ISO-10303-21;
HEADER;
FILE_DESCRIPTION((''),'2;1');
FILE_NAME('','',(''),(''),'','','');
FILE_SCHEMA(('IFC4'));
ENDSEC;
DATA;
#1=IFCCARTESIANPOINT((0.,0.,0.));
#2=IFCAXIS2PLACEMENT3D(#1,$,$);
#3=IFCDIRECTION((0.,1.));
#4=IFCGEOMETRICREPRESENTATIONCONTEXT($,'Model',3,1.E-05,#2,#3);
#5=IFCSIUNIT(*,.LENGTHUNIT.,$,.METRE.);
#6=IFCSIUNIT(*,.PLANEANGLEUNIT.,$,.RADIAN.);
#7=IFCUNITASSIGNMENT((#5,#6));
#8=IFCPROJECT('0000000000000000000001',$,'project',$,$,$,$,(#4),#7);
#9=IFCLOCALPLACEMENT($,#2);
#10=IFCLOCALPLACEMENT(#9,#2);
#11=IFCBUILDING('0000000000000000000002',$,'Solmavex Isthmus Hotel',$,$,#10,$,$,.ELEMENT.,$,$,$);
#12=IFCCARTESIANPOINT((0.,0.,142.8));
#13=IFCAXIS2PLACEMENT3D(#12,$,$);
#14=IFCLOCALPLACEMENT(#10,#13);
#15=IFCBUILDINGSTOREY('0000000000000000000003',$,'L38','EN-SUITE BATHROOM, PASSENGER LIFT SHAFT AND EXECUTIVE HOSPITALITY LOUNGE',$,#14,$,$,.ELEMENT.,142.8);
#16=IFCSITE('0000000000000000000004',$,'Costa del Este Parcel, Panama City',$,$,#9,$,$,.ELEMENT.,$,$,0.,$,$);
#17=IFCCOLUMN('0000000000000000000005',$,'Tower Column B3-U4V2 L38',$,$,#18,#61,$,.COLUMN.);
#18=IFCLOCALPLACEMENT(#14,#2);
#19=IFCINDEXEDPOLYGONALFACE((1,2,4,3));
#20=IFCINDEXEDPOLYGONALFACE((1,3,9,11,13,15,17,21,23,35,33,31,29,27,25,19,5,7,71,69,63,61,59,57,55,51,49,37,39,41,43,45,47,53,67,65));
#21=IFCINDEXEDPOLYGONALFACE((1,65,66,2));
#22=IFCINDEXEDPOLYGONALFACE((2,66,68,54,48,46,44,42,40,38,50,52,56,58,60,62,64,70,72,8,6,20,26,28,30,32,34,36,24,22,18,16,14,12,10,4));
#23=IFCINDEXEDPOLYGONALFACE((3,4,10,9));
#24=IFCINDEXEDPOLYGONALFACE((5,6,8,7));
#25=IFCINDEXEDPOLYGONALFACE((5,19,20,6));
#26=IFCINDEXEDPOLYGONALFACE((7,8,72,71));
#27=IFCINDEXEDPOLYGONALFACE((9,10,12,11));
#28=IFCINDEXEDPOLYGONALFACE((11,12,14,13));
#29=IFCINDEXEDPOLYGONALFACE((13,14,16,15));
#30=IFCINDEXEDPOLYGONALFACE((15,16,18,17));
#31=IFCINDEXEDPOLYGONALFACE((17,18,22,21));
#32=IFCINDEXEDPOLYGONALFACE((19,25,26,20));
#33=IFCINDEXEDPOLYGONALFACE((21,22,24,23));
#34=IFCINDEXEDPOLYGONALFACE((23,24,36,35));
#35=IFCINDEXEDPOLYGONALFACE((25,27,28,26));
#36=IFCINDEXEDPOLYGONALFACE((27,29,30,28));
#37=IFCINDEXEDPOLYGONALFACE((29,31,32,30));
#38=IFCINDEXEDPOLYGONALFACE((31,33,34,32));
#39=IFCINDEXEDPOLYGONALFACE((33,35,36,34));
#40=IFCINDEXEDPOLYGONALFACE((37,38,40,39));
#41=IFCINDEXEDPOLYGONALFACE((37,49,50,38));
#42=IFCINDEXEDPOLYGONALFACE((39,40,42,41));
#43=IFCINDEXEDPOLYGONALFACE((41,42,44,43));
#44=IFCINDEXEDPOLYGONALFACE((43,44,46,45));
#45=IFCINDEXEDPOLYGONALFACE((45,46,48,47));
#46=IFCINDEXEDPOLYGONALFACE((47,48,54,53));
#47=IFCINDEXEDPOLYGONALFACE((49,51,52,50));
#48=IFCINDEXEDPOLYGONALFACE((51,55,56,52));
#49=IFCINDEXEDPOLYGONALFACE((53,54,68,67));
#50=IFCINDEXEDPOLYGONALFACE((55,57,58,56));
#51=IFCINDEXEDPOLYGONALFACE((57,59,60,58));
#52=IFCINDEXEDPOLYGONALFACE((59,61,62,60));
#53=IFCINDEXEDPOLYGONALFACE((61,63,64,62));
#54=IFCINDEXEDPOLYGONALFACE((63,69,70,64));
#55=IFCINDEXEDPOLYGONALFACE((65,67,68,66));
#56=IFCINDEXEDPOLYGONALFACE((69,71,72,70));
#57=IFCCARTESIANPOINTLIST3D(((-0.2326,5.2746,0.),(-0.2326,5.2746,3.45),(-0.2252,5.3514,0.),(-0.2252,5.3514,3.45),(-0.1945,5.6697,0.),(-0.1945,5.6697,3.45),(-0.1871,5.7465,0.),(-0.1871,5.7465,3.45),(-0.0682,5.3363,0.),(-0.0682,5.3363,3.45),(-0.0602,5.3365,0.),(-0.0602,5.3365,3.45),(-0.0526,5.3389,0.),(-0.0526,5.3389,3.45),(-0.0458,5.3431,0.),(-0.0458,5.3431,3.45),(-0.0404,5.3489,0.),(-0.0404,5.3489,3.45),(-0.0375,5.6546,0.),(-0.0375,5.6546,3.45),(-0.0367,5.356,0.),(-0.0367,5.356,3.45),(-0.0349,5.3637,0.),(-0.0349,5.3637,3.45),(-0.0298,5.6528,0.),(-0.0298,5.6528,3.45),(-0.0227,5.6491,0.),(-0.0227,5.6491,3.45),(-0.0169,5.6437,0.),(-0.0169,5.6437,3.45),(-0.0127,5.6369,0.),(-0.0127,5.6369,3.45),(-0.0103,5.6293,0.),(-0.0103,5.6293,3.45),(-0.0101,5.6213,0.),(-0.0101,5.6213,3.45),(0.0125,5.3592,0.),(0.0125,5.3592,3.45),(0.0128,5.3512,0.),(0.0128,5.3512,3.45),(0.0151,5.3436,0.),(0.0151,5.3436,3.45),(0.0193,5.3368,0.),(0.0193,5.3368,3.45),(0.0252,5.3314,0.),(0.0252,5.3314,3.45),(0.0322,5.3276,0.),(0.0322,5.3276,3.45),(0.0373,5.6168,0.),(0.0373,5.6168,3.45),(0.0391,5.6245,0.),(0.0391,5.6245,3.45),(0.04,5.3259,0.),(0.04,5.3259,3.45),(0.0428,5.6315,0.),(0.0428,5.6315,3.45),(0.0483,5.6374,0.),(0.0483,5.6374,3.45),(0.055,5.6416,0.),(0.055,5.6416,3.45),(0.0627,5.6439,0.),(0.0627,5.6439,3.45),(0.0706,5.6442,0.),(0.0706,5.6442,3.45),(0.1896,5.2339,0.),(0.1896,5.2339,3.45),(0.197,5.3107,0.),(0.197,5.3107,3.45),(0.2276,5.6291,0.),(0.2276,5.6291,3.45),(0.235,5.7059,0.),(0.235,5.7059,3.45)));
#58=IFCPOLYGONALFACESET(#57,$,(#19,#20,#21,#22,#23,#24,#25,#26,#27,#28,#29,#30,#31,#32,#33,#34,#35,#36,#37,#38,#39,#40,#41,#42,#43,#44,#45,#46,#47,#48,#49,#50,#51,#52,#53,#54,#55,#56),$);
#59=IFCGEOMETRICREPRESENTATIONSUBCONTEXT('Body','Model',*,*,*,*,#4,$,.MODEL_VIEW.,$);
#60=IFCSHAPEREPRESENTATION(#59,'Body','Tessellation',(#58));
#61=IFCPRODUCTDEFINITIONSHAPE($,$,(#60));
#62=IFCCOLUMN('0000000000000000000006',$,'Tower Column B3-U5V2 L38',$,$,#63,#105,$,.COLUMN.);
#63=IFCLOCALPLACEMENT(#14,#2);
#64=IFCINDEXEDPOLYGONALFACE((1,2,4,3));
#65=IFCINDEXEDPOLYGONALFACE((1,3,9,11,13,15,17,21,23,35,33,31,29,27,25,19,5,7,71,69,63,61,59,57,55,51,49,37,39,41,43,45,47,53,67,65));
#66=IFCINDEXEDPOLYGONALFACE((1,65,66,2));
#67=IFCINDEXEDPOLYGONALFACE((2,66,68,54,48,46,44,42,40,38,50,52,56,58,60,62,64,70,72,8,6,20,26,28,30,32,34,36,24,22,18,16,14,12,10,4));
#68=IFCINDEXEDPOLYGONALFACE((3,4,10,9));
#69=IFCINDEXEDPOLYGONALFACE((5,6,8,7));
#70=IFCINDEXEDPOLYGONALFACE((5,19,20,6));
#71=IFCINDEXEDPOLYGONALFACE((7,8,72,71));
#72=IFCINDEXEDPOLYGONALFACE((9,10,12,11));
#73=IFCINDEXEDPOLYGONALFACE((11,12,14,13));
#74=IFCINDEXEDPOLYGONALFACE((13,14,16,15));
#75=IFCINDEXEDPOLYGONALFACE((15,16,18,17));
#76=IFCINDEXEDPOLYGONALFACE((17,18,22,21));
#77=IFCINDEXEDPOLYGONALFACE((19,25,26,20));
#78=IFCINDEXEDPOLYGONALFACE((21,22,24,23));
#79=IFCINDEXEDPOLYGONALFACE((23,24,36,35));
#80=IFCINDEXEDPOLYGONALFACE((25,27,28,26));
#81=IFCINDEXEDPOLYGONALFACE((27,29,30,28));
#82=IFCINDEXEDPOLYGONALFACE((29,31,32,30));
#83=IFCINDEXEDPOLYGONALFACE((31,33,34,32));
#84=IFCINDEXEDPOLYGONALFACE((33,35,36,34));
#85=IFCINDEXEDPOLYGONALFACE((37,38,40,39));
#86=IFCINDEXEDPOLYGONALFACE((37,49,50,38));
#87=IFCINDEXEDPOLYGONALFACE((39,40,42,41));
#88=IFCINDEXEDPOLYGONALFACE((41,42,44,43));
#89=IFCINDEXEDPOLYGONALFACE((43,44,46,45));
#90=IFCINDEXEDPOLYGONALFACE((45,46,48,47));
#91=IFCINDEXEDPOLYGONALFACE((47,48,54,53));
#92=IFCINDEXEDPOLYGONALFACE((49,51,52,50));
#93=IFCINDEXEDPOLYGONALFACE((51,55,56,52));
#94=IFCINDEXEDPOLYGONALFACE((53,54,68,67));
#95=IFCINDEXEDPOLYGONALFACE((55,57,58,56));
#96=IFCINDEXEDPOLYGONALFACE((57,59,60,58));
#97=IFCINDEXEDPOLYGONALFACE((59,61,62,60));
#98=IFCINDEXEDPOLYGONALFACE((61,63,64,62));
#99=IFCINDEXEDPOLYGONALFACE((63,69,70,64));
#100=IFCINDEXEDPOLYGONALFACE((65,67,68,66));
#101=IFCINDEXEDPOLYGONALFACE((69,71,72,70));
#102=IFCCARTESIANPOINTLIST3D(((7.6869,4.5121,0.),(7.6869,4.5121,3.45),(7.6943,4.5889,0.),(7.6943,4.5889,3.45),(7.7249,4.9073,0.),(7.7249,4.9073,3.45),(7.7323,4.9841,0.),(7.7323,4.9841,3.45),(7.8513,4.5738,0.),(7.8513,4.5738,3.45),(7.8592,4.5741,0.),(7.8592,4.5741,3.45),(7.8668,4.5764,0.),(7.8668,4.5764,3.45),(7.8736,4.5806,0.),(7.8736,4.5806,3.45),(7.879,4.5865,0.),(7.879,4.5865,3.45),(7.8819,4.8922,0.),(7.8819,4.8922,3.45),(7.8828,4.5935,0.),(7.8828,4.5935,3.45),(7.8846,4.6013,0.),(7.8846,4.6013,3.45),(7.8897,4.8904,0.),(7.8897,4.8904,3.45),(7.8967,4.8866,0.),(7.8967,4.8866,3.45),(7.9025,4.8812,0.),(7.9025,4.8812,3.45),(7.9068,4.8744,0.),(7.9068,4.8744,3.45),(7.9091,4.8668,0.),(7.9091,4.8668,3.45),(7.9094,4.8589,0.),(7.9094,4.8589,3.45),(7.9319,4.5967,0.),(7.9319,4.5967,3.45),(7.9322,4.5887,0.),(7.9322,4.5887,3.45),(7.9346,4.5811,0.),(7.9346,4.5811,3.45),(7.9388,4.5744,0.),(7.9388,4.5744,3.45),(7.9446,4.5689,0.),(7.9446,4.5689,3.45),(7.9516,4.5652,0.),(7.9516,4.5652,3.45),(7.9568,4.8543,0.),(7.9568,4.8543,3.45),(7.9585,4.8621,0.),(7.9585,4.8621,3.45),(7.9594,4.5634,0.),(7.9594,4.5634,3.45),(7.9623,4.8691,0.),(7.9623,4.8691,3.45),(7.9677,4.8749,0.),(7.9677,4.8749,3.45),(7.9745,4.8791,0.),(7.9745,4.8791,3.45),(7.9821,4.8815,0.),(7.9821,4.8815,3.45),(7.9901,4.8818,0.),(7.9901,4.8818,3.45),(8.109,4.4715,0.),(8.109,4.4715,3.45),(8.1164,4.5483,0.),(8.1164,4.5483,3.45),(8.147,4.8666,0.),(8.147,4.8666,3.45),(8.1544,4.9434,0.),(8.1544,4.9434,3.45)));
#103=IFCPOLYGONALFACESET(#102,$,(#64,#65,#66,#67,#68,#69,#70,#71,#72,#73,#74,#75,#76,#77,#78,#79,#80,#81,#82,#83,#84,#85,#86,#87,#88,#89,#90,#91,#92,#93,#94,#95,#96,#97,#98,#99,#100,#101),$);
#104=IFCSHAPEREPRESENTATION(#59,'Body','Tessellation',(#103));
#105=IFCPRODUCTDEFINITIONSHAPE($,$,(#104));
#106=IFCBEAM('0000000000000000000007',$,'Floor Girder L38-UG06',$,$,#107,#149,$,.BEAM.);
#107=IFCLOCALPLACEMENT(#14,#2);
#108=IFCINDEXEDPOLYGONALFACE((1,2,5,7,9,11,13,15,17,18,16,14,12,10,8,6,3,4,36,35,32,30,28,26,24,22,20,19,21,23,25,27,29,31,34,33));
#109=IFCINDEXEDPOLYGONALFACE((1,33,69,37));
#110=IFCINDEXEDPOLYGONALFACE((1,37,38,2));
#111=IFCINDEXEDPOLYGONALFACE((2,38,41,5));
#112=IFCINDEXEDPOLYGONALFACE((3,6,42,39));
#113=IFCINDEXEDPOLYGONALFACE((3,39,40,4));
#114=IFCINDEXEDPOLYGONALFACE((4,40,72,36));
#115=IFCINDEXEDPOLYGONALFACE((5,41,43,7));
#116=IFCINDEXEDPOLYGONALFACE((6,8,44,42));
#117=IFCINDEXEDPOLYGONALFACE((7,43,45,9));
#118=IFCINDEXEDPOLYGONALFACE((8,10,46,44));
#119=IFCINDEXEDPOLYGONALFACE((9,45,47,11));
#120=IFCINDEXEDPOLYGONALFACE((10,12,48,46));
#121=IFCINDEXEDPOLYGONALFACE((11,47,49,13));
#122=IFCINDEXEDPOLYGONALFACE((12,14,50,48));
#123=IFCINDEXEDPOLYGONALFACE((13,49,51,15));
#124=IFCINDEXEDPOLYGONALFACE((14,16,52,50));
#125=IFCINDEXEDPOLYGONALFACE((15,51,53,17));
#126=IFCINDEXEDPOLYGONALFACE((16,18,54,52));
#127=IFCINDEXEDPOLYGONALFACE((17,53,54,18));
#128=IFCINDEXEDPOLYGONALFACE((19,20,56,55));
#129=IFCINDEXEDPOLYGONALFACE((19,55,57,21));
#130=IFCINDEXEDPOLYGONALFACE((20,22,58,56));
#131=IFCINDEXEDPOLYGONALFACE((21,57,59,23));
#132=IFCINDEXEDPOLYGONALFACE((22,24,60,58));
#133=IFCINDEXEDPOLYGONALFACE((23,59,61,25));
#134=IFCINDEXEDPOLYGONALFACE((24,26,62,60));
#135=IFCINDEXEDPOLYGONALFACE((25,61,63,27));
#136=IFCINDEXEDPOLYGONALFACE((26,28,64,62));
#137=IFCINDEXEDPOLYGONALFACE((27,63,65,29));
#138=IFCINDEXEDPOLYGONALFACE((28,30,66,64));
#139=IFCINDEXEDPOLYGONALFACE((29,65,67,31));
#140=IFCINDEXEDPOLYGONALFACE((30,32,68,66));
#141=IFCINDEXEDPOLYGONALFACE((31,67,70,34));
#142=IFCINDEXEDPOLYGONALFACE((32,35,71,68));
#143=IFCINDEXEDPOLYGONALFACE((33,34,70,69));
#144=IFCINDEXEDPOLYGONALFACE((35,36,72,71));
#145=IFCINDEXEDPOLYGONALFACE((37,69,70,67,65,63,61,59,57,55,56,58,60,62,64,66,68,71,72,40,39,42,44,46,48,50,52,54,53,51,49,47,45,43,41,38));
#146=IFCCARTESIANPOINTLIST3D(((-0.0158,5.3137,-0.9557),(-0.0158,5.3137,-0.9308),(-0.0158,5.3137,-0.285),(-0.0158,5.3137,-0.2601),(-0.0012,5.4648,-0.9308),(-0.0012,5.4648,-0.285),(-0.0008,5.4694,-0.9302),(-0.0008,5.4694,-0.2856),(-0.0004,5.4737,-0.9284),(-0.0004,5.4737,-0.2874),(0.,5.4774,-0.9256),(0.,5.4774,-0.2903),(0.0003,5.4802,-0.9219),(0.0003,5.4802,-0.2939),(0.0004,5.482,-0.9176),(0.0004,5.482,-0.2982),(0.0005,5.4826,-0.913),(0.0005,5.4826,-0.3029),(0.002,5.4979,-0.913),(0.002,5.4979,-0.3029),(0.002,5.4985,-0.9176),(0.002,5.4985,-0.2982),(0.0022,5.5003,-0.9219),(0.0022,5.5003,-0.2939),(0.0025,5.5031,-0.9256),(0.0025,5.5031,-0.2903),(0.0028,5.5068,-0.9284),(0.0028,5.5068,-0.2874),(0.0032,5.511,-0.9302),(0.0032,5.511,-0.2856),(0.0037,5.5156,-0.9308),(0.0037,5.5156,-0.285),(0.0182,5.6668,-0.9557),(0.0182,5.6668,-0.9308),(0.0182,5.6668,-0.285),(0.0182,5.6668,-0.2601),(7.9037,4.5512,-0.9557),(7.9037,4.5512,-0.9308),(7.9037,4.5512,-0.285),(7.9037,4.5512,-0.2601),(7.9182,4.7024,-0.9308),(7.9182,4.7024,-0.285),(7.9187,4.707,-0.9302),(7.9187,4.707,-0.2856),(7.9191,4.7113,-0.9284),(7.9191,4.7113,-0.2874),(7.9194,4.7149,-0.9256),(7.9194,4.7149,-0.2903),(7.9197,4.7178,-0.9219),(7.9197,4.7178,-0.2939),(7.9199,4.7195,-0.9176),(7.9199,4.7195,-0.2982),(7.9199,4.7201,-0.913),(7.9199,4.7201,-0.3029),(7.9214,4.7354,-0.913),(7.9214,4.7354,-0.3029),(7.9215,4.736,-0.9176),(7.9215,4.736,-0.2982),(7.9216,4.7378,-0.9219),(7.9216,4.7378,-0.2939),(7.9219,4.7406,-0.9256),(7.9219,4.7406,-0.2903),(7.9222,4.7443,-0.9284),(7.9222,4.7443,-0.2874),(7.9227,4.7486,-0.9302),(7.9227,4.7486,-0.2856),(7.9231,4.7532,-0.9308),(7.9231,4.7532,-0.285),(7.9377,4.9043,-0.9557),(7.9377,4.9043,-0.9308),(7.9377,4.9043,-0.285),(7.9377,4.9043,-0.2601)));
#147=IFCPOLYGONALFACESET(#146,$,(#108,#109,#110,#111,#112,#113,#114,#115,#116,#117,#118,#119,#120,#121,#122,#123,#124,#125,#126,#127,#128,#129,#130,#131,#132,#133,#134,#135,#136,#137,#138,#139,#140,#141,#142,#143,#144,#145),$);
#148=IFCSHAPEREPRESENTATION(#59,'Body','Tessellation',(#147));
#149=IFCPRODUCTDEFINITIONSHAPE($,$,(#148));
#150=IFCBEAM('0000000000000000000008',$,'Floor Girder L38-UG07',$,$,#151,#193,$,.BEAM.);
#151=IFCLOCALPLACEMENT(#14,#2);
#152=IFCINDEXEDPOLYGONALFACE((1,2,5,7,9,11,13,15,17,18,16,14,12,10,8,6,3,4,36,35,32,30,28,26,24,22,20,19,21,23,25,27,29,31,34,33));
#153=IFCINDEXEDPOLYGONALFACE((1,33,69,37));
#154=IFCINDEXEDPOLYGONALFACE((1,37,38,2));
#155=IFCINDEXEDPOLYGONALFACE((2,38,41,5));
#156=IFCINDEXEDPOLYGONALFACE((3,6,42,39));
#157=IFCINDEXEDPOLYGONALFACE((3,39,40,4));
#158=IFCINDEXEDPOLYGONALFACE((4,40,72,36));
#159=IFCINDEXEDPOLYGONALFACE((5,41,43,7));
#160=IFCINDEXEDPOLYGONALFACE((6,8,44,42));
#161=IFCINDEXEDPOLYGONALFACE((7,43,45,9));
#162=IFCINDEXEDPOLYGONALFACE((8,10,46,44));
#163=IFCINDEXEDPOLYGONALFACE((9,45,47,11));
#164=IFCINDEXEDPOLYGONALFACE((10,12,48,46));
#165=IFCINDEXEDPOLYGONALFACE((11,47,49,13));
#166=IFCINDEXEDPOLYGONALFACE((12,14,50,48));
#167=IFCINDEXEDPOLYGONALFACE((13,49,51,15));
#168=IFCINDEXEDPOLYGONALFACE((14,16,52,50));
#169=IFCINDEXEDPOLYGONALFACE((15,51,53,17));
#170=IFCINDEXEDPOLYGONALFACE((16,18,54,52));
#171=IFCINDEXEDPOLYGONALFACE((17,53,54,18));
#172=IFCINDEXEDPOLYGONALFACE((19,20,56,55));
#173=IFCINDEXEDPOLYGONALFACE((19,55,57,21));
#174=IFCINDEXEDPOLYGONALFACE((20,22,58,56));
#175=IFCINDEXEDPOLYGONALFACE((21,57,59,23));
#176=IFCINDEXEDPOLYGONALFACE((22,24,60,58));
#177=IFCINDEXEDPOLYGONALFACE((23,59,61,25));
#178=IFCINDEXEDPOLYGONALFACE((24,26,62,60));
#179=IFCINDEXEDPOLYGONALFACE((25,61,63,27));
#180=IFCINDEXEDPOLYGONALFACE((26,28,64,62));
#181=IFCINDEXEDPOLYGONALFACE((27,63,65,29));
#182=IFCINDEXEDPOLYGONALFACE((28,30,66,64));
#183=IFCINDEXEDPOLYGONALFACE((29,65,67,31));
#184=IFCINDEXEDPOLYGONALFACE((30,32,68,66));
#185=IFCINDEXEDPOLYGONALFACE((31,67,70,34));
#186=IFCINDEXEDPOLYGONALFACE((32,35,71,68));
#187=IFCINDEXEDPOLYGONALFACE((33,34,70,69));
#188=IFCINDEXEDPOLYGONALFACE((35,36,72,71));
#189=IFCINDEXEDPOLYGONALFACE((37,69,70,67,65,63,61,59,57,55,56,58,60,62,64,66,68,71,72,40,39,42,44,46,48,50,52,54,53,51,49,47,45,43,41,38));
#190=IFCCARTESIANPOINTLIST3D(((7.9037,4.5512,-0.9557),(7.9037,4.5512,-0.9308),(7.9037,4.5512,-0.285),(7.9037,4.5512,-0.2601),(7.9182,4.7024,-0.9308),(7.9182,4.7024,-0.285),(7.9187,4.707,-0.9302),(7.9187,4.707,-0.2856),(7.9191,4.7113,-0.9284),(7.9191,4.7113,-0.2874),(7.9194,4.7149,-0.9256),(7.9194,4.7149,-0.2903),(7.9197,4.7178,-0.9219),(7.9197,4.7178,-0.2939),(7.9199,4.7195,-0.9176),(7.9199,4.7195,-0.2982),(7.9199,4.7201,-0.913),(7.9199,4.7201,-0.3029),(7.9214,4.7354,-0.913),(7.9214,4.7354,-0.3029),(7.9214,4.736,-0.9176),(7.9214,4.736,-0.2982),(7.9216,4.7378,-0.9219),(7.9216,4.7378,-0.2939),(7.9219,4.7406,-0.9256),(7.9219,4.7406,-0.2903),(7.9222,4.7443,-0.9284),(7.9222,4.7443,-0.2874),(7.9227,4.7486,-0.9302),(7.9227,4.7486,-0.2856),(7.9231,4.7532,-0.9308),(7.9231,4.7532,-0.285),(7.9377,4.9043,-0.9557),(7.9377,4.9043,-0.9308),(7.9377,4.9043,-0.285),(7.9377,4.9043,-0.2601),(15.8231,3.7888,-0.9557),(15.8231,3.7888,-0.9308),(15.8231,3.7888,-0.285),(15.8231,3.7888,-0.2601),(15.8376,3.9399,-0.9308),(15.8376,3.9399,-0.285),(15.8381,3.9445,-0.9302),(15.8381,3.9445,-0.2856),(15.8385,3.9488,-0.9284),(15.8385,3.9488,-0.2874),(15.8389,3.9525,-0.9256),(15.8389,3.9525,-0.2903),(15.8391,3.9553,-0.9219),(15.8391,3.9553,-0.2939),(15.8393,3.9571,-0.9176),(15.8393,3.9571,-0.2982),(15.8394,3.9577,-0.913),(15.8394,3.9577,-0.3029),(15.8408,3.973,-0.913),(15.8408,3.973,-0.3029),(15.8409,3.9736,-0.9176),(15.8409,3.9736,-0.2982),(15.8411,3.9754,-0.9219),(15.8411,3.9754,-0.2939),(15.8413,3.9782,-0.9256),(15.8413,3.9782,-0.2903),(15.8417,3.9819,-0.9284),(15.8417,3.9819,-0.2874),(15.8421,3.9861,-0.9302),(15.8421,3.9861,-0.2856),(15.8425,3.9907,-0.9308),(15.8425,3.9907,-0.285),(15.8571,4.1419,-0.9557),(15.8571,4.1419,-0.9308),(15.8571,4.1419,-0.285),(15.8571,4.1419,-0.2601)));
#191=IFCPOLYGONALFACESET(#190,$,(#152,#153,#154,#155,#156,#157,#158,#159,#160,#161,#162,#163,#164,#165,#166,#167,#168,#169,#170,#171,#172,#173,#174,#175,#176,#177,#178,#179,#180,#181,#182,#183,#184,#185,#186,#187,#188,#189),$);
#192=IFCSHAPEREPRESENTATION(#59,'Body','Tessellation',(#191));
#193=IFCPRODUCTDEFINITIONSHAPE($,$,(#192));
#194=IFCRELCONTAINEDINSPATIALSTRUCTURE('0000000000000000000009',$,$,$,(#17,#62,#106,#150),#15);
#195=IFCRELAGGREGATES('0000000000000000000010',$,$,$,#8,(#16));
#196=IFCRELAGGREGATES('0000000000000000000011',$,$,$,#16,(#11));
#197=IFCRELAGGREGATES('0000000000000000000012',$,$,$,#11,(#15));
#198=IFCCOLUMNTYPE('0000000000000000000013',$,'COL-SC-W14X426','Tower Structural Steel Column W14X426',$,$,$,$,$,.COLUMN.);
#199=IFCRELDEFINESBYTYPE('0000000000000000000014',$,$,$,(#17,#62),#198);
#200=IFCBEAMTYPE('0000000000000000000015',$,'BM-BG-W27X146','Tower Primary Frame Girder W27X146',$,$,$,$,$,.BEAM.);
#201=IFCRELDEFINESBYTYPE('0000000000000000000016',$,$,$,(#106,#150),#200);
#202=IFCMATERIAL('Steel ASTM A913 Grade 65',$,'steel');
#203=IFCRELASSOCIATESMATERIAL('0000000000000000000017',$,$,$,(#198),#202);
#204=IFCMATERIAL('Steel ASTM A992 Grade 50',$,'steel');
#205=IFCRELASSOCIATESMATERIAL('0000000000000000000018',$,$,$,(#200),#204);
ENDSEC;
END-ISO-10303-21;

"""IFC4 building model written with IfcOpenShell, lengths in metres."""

from ifc_helpers import new_model, si_unit, direction, frame, origin, origin_2d, place, context, subcontext, project, spatial, i_section, extrude, material, material_profile, profile_set, type_object, element, save


model = new_model("IFC4")

# Units and contexts
model_context = context("Model", 3, precision=1e-05, world=origin(), true_north=direction((0.0, 1.0)))
body_context = subcontext(model_context, "Body", "Model", "MODEL_VIEW")
ifc_project = project(units=[si_unit("LENGTHUNIT", "METRE"), si_unit("PLANEANGLEUNIT", "RADIAN")], contexts=[model_context])

# Site, building, storey
site_placement = place(None, origin())
site = spatial("IfcSite", under=ifc_project, at=site_placement, Name="Costa del Este Parcel, Panama City", CompositionType="ELEMENT", RefElevation=0.0)
building_placement = place(site_placement, origin())
building = spatial("IfcBuilding", under=site, at=building_placement, Name="Solmavex Isthmus Hotel", CompositionType="ELEMENT")
storey_placement = place(building_placement, frame((0.0, 0.0, 142.8)))
storey = spatial("IfcBuildingStorey", under=building, at=storey_placement, Name="L38", Description="EN-SUITE BATHROOM, PASSENGER LIFT SHAFT AND EXECUTIVE HOSPITALITY LOUNGE", CompositionType="ELEMENT", Elevation=142.8)

# Columns
ifc_material_1 = material(Name="Steel ASTM A913 Grade 65", Category="steel")
ifc_material_profile_1 = material_profile(ifc_material_1, i_section(OverallWidth=0.4241, OverallDepth=0.4741, WebThickness=0.0476, FlangeThickness=0.0771, FilletRadius=0.0305, at=origin_2d()), Name="W14X426")
ifc_profile_set_1 = profile_set([ifc_material_profile_1], Name="Steel ASTM A913 Grade 65")
column_type = type_object("IfcColumnType", Name="COL-SC-W14X426", Description="Tower Structural Steel Column W14X426", PredefinedType="COLUMN", material=ifc_profile_set_1)
for number, where, z_axis, x_axis, name in (
    (1, (0.0012, 5.4902, 0.0), (0.0, 0.0, 1.0), (0.995396, -0.095846, 0.0), "Tower Column B3-U4V2 L38"),
    (2, (7.9207, 4.7278, 0.0), (0.0, 0.0, 1.0), (0.995396, -0.095846, 0.0), "Tower Column B3-U5V2 L38"),
):
    element("IfcColumn", number, at=place(storey_placement, frame(where, z_axis=z_axis, x_axis=x_axis)), inside=storey, type_object=column_type, Name=name, PredefinedType="COLUMN", context=body_context, shape_type="SweptSolid", body=[
        extrude(i_section(OverallWidth=0.4241, OverallDepth=0.4741, WebThickness=0.0476, FlangeThickness=0.0771, FilletRadius=0.0305, at=origin_2d()), origin(), (0.0, 0.0, 1.0), 3.45),
    ])

# Beams
ifc_material_2 = material(Name="Steel ASTM A992 Grade 50", Category="steel")
ifc_material_profile_2 = material_profile(ifc_material_2, i_section(OverallWidth=0.3547, OverallDepth=0.6956, WebThickness=0.0154, FlangeThickness=0.0249, FilletRadius=0.0178, at=origin_2d()), Name="W27X146")
ifc_profile_set_2 = profile_set([ifc_material_profile_2], Name="Steel ASTM A992 Grade 50")
beam_type_1 = type_object("IfcBeamType", Name="BM-BG-W27X146", Description="Tower Primary Frame Girder W27X146", PredefinedType="BEAM", material=ifc_profile_set_2)
for number, where, z_axis, x_axis, name in (
    (3, (0.0012, 5.4902, -0.6079), (0.995397, -0.095833, 0.0), (0.095833, 0.995397, 0.0), "Floor Girder L38-UG06"),
    (4, (7.9207, 4.7278, -0.6079), (0.995397, -0.095833, 0.0), (0.095833, 0.995397, 0.0), "Floor Girder L38-UG07"),
):
    element("IfcBeam", number, at=place(storey_placement, frame(where, z_axis=z_axis, x_axis=x_axis)), inside=storey, type_object=beam_type_1, Name=name, PredefinedType="BEAM", context=body_context, shape_type="SweptSolid", body=[
        extrude(i_section(OverallWidth=0.3547, OverallDepth=0.6956, WebThickness=0.0154, FlangeThickness=0.0249, FilletRadius=0.0178, at=origin_2d()), origin(), (0.0, 0.0, 1.0), 7.9561),
    ])

save(model, "model.ifc")
